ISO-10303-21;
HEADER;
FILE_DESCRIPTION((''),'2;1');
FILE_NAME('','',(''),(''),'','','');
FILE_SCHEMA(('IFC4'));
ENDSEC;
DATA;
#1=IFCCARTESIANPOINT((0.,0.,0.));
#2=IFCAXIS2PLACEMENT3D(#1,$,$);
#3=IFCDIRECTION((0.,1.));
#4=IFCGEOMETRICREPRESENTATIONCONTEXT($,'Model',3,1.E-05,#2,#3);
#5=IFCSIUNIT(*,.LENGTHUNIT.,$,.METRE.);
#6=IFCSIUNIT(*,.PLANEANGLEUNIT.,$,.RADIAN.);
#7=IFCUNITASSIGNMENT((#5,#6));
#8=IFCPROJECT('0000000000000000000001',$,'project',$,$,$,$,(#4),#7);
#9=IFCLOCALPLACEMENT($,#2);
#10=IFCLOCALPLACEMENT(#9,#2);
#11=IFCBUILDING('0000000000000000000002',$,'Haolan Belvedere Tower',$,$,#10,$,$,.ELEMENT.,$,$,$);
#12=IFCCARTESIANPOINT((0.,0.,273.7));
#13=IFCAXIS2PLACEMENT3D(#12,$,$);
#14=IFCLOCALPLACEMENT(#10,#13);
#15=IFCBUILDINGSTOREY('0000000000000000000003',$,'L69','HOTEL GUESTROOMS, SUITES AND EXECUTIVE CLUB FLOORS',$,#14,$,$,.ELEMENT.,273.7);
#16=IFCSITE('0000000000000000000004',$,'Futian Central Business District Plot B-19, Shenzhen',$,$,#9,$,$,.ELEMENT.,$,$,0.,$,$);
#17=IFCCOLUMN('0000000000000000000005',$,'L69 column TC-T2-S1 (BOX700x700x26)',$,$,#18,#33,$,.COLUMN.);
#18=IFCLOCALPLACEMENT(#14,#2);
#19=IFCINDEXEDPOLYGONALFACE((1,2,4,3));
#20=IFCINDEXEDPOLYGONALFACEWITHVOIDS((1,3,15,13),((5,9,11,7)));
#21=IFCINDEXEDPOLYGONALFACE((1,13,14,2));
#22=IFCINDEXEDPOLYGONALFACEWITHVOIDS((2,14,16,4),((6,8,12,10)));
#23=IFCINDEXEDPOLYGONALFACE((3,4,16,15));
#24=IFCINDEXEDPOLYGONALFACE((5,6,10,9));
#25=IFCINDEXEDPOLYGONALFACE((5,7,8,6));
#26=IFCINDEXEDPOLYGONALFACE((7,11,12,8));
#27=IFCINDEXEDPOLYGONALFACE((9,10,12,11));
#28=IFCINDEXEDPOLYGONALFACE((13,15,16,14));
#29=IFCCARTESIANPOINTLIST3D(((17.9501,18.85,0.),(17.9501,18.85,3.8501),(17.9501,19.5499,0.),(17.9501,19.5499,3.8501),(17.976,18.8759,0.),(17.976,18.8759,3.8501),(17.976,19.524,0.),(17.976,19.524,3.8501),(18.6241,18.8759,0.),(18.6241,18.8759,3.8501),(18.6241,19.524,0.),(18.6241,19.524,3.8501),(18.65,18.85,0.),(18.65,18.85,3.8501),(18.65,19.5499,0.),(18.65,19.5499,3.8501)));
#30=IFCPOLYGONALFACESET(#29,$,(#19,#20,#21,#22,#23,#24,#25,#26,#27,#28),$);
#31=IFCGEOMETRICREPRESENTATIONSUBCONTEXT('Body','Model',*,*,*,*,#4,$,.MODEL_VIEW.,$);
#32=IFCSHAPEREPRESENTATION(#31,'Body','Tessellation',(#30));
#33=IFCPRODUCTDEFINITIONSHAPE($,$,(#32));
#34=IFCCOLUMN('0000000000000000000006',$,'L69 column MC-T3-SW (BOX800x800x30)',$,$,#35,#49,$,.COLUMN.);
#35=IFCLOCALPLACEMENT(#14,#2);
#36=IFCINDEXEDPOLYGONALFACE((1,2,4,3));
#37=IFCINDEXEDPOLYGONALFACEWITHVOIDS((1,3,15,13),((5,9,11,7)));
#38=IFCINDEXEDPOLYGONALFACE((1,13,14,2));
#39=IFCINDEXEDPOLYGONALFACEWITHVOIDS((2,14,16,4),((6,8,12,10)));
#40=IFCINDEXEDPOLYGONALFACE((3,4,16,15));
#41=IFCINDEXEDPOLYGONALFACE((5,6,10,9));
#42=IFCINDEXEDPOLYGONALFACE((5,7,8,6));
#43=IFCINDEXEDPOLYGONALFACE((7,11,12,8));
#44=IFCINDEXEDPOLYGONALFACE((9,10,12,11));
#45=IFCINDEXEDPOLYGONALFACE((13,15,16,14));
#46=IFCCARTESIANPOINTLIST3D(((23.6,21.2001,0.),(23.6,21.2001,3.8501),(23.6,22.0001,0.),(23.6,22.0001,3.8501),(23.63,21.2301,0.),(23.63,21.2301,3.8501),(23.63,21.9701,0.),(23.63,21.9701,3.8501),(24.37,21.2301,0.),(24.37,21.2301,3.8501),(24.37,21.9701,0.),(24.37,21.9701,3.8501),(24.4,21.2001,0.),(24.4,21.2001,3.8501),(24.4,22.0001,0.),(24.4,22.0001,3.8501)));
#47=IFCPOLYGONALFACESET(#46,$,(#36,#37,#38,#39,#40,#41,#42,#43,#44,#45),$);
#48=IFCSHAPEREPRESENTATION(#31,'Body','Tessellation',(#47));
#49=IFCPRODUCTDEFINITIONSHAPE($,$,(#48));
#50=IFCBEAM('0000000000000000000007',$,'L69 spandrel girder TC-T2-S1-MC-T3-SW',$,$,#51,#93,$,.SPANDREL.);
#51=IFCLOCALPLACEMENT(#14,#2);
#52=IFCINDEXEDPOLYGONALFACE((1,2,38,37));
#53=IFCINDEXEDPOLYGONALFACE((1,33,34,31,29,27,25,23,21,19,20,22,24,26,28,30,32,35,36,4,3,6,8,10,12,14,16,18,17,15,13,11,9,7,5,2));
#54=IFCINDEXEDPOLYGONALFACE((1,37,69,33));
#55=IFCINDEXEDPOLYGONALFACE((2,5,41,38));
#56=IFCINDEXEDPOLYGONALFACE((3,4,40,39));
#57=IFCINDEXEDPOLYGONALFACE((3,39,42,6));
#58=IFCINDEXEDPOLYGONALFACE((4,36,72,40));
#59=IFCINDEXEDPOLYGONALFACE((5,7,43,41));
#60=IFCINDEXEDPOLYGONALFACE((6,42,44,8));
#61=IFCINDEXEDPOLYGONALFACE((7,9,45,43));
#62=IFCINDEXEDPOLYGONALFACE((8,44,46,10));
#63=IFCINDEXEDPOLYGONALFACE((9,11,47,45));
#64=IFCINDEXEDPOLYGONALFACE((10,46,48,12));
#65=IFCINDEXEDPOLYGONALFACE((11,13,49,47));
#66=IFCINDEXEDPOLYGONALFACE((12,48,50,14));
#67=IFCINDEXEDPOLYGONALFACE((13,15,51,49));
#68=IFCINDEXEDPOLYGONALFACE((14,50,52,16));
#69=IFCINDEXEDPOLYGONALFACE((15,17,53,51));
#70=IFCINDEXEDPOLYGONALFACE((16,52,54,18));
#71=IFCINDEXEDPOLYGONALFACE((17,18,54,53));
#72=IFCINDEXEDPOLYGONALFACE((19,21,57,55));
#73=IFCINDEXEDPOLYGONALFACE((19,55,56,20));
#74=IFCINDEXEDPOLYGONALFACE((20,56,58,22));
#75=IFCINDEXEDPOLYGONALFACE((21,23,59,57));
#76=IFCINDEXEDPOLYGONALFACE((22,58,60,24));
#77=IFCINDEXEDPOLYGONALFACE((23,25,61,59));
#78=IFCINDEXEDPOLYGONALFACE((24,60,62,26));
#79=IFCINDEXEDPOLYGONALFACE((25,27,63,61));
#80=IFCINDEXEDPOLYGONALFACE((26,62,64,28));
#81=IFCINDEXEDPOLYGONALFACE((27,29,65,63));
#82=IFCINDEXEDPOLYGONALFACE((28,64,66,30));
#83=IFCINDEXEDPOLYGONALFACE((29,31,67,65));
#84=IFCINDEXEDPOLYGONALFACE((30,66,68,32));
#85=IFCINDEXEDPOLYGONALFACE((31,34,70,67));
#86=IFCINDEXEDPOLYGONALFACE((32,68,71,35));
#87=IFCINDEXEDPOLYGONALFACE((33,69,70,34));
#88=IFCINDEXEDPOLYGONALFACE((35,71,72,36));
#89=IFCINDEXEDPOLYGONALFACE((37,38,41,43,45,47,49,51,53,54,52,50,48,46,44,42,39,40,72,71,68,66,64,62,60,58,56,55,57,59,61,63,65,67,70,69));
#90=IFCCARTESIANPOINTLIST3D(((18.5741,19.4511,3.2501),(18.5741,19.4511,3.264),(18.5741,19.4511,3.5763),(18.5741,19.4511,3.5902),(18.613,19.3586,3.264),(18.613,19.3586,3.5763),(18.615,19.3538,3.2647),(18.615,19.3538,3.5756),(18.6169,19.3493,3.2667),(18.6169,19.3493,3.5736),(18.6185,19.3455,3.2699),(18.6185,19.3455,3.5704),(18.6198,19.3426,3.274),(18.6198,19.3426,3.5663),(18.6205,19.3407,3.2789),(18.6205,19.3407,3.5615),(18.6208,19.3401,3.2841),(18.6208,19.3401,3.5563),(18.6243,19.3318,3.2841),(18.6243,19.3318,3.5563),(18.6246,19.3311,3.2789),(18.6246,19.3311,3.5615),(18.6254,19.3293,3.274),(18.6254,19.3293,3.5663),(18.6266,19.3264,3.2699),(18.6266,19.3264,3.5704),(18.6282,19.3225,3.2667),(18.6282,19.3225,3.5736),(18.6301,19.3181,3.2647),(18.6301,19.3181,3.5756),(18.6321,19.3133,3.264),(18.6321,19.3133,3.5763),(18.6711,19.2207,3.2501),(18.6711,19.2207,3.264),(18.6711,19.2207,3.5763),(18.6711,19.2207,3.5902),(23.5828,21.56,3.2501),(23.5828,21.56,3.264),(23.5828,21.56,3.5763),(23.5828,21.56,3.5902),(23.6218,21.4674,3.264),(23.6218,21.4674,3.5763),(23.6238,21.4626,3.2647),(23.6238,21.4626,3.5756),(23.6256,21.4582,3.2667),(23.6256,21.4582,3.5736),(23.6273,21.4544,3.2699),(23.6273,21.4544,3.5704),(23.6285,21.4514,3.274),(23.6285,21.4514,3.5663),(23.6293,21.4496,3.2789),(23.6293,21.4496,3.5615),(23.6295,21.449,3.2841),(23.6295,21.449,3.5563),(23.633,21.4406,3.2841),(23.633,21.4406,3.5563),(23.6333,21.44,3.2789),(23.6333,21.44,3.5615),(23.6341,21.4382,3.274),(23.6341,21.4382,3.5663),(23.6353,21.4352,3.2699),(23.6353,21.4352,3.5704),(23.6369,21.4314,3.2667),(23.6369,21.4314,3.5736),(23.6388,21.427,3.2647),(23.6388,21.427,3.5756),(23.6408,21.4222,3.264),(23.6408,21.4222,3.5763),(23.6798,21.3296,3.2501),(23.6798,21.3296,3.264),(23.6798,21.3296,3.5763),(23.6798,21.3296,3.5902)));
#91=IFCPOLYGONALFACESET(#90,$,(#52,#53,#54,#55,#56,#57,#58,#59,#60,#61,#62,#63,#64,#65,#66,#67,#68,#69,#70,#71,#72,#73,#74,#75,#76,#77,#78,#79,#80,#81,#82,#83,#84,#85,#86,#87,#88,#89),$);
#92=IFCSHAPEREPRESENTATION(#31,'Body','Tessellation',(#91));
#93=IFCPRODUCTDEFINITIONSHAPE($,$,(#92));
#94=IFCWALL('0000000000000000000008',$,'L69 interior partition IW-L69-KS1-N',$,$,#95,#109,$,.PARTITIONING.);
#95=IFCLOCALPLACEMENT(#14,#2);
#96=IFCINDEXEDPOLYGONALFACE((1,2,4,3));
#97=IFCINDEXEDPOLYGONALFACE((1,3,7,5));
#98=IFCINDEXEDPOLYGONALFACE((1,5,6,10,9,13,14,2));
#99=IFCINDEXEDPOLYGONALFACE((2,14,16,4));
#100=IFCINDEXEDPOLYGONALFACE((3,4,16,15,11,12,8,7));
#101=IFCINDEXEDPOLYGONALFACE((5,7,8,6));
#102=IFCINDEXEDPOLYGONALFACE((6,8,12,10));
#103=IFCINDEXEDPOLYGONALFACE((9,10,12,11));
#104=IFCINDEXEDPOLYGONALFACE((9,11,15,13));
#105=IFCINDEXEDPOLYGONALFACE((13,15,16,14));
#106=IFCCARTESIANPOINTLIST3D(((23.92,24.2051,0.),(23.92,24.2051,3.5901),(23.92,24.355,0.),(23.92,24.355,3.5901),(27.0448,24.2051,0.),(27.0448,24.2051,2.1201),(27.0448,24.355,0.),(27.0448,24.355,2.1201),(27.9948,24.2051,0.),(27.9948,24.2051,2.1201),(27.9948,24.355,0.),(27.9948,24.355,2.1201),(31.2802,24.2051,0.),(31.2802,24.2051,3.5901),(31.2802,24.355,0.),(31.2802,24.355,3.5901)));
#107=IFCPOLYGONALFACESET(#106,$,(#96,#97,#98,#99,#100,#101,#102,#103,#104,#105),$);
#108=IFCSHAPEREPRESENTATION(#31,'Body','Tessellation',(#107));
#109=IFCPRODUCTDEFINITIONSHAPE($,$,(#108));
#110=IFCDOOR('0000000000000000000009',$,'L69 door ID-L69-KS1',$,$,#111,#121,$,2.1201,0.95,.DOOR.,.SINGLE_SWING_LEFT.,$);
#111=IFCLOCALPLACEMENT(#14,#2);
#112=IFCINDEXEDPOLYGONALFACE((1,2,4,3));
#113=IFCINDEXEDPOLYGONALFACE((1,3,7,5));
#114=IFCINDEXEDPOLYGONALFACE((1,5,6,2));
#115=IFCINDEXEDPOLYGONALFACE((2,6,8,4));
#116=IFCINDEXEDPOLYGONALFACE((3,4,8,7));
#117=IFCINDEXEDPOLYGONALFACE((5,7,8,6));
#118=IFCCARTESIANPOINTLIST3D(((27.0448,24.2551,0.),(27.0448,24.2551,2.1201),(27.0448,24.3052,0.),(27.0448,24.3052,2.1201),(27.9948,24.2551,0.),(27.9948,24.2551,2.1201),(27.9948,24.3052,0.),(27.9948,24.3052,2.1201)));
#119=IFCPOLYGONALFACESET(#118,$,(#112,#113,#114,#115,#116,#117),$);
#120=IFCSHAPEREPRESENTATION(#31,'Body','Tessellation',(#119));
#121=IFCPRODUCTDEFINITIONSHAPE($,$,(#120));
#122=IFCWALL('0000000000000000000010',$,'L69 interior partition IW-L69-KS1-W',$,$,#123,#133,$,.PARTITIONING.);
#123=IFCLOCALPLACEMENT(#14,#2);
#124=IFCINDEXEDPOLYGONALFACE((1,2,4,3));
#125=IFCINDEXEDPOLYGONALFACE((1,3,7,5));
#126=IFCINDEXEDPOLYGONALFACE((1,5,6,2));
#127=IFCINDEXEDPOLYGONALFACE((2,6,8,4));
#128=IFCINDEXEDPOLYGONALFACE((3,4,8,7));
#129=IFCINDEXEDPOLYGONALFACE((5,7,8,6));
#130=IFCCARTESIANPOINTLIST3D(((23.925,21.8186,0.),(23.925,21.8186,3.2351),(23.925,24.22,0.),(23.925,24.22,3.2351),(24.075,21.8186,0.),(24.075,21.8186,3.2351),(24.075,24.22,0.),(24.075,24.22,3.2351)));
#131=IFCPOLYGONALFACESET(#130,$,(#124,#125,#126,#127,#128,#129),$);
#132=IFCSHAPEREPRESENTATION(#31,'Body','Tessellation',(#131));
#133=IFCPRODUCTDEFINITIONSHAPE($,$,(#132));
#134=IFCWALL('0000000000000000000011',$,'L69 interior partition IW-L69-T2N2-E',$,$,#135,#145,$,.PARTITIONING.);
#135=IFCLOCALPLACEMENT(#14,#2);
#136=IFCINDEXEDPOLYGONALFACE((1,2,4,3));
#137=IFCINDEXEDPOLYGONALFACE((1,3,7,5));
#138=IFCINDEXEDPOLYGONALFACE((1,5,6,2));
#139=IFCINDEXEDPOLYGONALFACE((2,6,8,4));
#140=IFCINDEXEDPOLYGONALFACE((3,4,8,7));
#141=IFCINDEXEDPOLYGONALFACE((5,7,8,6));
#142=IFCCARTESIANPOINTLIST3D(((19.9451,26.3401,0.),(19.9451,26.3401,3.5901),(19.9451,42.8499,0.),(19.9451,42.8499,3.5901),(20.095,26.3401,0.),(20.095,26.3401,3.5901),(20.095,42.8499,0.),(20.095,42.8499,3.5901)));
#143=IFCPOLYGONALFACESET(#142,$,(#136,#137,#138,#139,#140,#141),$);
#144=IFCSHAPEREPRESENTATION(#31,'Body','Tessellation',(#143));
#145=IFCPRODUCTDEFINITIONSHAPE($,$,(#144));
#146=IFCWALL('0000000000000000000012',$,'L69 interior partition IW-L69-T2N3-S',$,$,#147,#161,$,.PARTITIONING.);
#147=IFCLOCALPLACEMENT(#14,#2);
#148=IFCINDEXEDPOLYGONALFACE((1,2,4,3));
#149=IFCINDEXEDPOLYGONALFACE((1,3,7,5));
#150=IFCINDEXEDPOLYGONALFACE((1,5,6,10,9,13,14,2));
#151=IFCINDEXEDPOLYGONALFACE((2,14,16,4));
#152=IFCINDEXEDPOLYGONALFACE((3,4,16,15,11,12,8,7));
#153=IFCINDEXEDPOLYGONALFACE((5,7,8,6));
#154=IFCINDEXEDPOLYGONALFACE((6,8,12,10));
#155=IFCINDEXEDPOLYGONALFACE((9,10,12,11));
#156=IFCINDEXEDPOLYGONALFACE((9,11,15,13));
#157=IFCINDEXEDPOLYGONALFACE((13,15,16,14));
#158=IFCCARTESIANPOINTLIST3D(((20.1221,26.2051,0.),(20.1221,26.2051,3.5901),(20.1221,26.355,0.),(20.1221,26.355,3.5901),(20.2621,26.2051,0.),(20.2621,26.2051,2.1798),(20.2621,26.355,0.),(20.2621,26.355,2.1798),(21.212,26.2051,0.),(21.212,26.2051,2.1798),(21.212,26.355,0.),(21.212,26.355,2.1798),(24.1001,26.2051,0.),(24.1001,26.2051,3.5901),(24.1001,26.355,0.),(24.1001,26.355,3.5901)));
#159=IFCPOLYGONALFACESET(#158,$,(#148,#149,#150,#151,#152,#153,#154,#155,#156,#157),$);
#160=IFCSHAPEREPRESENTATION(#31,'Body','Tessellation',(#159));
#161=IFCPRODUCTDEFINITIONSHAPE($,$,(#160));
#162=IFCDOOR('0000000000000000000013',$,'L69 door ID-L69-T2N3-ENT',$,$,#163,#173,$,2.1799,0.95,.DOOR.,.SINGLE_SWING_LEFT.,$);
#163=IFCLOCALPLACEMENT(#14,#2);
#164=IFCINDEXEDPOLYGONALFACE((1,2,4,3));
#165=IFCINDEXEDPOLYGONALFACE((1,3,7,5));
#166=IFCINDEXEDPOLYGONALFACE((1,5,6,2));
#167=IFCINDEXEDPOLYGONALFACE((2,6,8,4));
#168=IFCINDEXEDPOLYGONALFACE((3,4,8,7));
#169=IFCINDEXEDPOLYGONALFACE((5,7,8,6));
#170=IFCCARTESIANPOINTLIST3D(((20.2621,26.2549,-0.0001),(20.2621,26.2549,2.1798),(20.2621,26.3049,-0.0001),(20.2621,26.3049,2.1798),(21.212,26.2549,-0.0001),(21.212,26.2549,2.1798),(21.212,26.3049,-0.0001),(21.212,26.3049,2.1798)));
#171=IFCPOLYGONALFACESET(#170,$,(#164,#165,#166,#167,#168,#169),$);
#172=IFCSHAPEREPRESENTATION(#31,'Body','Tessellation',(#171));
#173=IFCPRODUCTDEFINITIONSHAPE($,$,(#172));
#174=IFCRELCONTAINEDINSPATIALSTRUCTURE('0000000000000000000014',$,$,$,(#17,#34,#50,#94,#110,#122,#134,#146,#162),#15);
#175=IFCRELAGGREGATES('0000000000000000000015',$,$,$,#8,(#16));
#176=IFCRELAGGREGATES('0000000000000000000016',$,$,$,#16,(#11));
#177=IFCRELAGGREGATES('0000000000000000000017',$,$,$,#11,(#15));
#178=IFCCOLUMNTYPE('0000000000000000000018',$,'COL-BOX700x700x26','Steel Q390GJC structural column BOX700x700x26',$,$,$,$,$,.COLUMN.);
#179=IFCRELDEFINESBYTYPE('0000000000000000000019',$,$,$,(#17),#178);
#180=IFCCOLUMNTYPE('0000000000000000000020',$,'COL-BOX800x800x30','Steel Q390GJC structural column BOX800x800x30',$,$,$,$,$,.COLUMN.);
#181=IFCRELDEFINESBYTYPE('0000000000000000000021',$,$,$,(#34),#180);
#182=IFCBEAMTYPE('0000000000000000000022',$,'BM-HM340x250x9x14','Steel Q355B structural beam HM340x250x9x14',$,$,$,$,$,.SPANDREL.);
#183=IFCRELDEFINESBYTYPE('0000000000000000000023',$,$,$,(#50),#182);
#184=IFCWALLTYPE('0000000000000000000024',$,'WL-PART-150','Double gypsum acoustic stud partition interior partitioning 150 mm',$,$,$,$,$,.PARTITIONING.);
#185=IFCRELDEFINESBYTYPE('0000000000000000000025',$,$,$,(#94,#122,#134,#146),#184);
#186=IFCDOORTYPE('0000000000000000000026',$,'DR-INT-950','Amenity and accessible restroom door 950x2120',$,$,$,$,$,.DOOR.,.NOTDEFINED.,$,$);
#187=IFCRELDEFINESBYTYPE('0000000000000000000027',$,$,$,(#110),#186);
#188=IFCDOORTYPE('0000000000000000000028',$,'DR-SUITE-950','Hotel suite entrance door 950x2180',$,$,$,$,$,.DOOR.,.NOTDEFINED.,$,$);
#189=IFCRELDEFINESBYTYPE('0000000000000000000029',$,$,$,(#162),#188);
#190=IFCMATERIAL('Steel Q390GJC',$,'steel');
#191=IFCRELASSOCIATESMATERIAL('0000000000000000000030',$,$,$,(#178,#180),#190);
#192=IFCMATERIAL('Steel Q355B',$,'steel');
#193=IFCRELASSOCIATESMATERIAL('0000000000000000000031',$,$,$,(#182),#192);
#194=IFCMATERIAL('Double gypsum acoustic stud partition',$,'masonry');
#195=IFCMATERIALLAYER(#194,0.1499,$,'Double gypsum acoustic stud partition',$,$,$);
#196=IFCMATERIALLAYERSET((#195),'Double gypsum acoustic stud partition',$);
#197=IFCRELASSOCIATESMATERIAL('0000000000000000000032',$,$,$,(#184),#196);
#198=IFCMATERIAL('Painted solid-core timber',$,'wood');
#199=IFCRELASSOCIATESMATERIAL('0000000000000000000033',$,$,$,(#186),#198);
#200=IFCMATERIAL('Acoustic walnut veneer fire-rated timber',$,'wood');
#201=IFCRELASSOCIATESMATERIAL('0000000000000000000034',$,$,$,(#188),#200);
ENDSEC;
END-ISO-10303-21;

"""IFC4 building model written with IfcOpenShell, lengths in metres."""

from ifc_helpers import new_model, si_unit, direction, frame, frame_2d, origin, origin_2d, place, context, subcontext, project, spatial, rectangle, hollow_rectangle, i_section, extrude, material, layer, layer_set, material_profile, profile_set, type_object, element, fill, save


model = new_model("IFC4")

# Units and contexts
model_context = context("Model", 3, precision=1e-05, world=origin(), true_north=direction((0.0, 1.0)))
body_context = subcontext(model_context, "Body", "Model", "MODEL_VIEW")
ifc_project = project(units=[si_unit("LENGTHUNIT", "METRE"), si_unit("PLANEANGLEUNIT", "RADIAN")], contexts=[model_context])

# Site, building, storey
site_placement = place(None, origin())
site = spatial("IfcSite", under=ifc_project, at=site_placement, Name="Futian Central Business District Plot B-19, Shenzhen", CompositionType="ELEMENT", RefElevation=0.0)
building_placement = place(site_placement, origin())
building = spatial("IfcBuilding", under=site, at=building_placement, Name="Haolan Belvedere Tower", CompositionType="ELEMENT")
storey_placement = place(building_placement, frame((0.0, 0.0, 273.7)))
storey = spatial("IfcBuildingStorey", under=building, at=storey_placement, Name="L69", Description="HOTEL GUESTROOMS, SUITES AND EXECUTIVE CLUB FLOORS", CompositionType="ELEMENT", Elevation=273.7)

# Columns
ifc_material_1 = material(Name="Steel Q390GJC", Category="steel")
ifc_material_profile_1 = material_profile(ifc_material_1, hollow_rectangle(XDim=0.7, YDim=0.7, WallThickness=0.0259, at=origin_2d()), Name="Steel Q390GJC")
ifc_profile_set_1 = profile_set([ifc_material_profile_1], Name="Steel Q390GJC")
column_type_1 = type_object("IfcColumnType", Name="COL-BOX700x700x26", Description="Steel Q390GJC structural column BOX700x700x26", PredefinedType="COLUMN", material=ifc_profile_set_1)
column_1_placement = place(storey_placement, frame((18.3, 19.2, 0.0), z_axis=(0.0, 0.0, 1.0), x_axis=(1.0, 0.0, 0.0)))
element("IfcColumn", 1, at=column_1_placement, inside=storey, type_object=column_type_1, Name="L69 column TC-T2-S1 (BOX700x700x26)", PredefinedType="COLUMN", context=body_context, shape_type="SweptSolid", body=[
    extrude(hollow_rectangle(XDim=0.7, YDim=0.7, WallThickness=0.0259, at=origin_2d()), origin(), (0.0, 0.0, 1.0), 3.8501),
])
ifc_material_profile_2 = material_profile(ifc_material_1, hollow_rectangle(XDim=0.8, YDim=0.8, WallThickness=0.03, at=origin_2d()), Name="Steel Q390GJC")
ifc_profile_set_2 = profile_set([ifc_material_profile_2], Name="Steel Q390GJC")
column_type_2 = type_object("IfcColumnType", Name="COL-BOX800x800x30", Description="Steel Q390GJC structural column BOX800x800x30", PredefinedType="COLUMN", material=ifc_profile_set_2)
column_2_placement = place(storey_placement, frame((24.0, 21.6001, 0.0), z_axis=(0.0, 0.0, 1.0), x_axis=(1.0, 0.0, 0.0)))
element("IfcColumn", 2, at=column_2_placement, inside=storey, type_object=column_type_2, Name="L69 column MC-T3-SW (BOX800x800x30)", PredefinedType="COLUMN", context=body_context, shape_type="SweptSolid", body=[
    extrude(hollow_rectangle(XDim=0.8, YDim=0.8, WallThickness=0.03, at=origin_2d()), origin(), (0.0, 0.0, 1.0), 3.8501),
])

# Beam
ifc_material_2 = material(Name="Steel Q355B", Category="steel")
ifc_material_profile_3 = material_profile(ifc_material_2, i_section(OverallWidth=0.25, OverallDepth=0.3401, WebThickness=0.009, FlangeThickness=0.0139, FilletRadius=0.02, at=origin_2d()), Name="Steel Q355B")
ifc_profile_set_3 = profile_set([ifc_material_profile_3], Name="Steel Q355B")
beam_type = type_object("IfcBeamType", Name="BM-HM340x250x9x14", Description="Steel Q355B structural beam HM340x250x9x14", PredefinedType="SPANDREL", material=ifc_profile_set_3)
beam_placement = place(storey_placement, frame((18.6226, 19.3359, 3.4202), z_axis=(0.92164, 0.388045, 0.0), x_axis=(-0.388045, 0.92164, 0.0)))
element("IfcBeam", 3, at=beam_placement, inside=storey, type_object=beam_type, Name="L69 spandrel girder TC-T2-S1-MC-T3-SW", PredefinedType="SPANDREL", context=body_context, shape_type="SweptSolid", body=[
    extrude(i_section(OverallWidth=0.25, OverallDepth=0.3401, WebThickness=0.009, FlangeThickness=0.0139, FilletRadius=0.02, at=origin_2d()), origin(), (0.0, 0.0, 1.0), 5.4346),
])

# Wall, opening, door
ifc_material_3 = material(Name="Double gypsum acoustic stud partition", Category="masonry")
ifc_layer_1 = layer(ifc_material_3, 0.1499, Name="Double gypsum acoustic stud partition")
ifc_layer_set_1 = layer_set([ifc_layer_1], Name="Double gypsum acoustic stud partition")
wall_type_1 = type_object("IfcWallType", Name="WL-PART-150", Description="Double gypsum acoustic stud partition interior partitioning 150 mm", PredefinedType="PARTITIONING", material=ifc_layer_set_1)
wall_1_placement = place(storey_placement, frame((23.9199, 24.28, 0.0), z_axis=(0.0, 0.0, 1.0), x_axis=(1.0, 0.0, 0.0)))
wall_1 = element("IfcWall", 4, at=wall_1_placement, inside=storey, type_object=wall_type_1, Name="L69 interior partition IW-L69-KS1-N", PredefinedType="PARTITIONING", context=body_context, shape_type="SweptSolid", body=[
    extrude(rectangle(XDim=7.3601, YDim=0.1499, at=frame_2d((3.6802, 0.0))), origin(), (0.0, 0.0, 1.0), 3.5901),
])
opening_1_placement = place(wall_1_placement, frame((4.075, 0.0, 0.0), z_axis=(0.0, 0.0, 1.0), x_axis=(-1.0, 0.0, 0.0)))
opening_1 = element("IfcOpeningElement", 5, at=opening_1_placement, cuts=wall_1, PredefinedType="OPENING", context=body_context, shape_type="SweptSolid", body=[
    extrude(rectangle(XDim=0.95, YDim=2.1201, at=frame_2d((0.4751, 1.0601))), frame((0.0, 0.085, 0.0), z_axis=(0.0, -1.0, 0.0), x_axis=(1.0, 0.0, 0.0)), (0.0, 0.0, 1.0), 0.1699),
])
ifc_material_4 = material(Name="Painted solid-core timber", Category="wood")
door_type_1 = type_object("IfcDoorType", Name="DR-INT-950", Description="Amenity and accessible restroom door 950x2120", OperationType="NOTDEFINED", PredefinedType="DOOR", material=ifc_material_4)
door_1_placement = place(opening_1_placement, origin())
door_1 = element("IfcDoor", 6, at=door_1_placement, inside=storey, type_object=door_type_1, Name="L69 door ID-L69-KS1", OperationType="SINGLE_SWING_LEFT", OverallHeight=2.1201, OverallWidth=0.95, PredefinedType="DOOR", context=body_context, shape_type="SweptSolid", body=[
    extrude(rectangle(XDim=0.95, YDim=2.1201, at=frame_2d((0.4751, 1.0601))), frame((0.0, 0.0249, 0.0), z_axis=(0.0, -1.0, 0.0), x_axis=(1.0, 0.0, 0.0)), (0.0, 0.0, 1.0), 0.05),
])
fill(opening_1, door_1)

# Walls
wall_2_placement = place(storey_placement, frame((24.0, 21.8186, 0.0), z_axis=(0.0, 0.0, 1.0), x_axis=(0.0, 1.0, 0.0)))
element("IfcWall", 7, at=wall_2_placement, inside=storey, type_object=wall_type_1, Name="L69 interior partition IW-L69-KS1-W", PredefinedType="PARTITIONING", context=body_context, shape_type="SweptSolid", body=[
    extrude(rectangle(XDim=2.4014, YDim=0.1499, at=frame_2d((1.2007, 0.0))), origin(), (0.0, 0.0, 1.0), 3.2351),
])
wall_3_placement = place(storey_placement, frame((20.02, 26.3401, 0.0), z_axis=(0.0, 0.0, 1.0), x_axis=(0.0, 1.0, 0.0)))
element("IfcWall", 8, at=wall_3_placement, inside=storey, type_object=wall_type_1, Name="L69 interior partition IW-L69-T2N2-E", PredefinedType="PARTITIONING", context=body_context, shape_type="SweptSolid", body=[
    extrude(rectangle(XDim=16.5098, YDim=0.1499, at=frame_2d((8.2549, 0.0))), origin(), (0.0, 0.0, 1.0), 3.5901),
])

# Wall, opening, door
wall_4_placement = place(storey_placement, frame((20.1221, 26.28, 0.0), z_axis=(0.0, 0.0, 1.0), x_axis=(1.0, 0.0, 0.0)))
wall_4 = element("IfcWall", 9, at=wall_4_placement, inside=storey, type_object=wall_type_1, Name="L69 interior partition IW-L69-T2N3-S", PredefinedType="PARTITIONING", context=body_context, shape_type="SweptSolid", body=[
    extrude(rectangle(XDim=3.978, YDim=0.1499, at=frame_2d((1.989, 0.0))), origin(), (0.0, 0.0, 1.0), 3.5901),
])
opening_2_placement = place(wall_4_placement, frame((0.1399, 0.0, 0.0)))
opening_2 = element("IfcOpeningElement", 10, at=opening_2_placement, cuts=wall_4, PredefinedType="OPENING", context=body_context, shape_type="SweptSolid", body=[
    extrude(rectangle(XDim=0.95, YDim=2.1799, at=frame_2d((0.4751, 1.0898))), frame((0.0, 0.085, 0.0), z_axis=(0.0, -1.0, 0.0), x_axis=(1.0, 0.0, 0.0)), (0.0, 0.0, 1.0), 0.1699),
])
ifc_material_5 = material(Name="Acoustic walnut veneer fire-rated timber", Category="wood")
door_type_2 = type_object("IfcDoorType", Name="DR-SUITE-950", Description="Hotel suite entrance door 950x2180", OperationType="NOTDEFINED", PredefinedType="DOOR", material=ifc_material_5)
door_2_placement = place(opening_2_placement, origin())
door_2 = element("IfcDoor", 11, at=door_2_placement, inside=storey, type_object=door_type_2, Name="L69 door ID-L69-T2N3-ENT", OperationType="SINGLE_SWING_LEFT", OverallHeight=2.1799, OverallWidth=0.95, PredefinedType="DOOR", context=body_context, shape_type="SweptSolid", body=[
    extrude(rectangle(XDim=0.95, YDim=2.1799, at=frame_2d((0.4751, 1.0898))), frame((0.0, 0.0249, 0.0), z_axis=(0.0, -1.0, 0.0), x_axis=(1.0, 0.0, 0.0)), (0.0, 0.0, 1.0), 0.05),
])
fill(opening_2, door_2)

save(model, "model.ifc")
